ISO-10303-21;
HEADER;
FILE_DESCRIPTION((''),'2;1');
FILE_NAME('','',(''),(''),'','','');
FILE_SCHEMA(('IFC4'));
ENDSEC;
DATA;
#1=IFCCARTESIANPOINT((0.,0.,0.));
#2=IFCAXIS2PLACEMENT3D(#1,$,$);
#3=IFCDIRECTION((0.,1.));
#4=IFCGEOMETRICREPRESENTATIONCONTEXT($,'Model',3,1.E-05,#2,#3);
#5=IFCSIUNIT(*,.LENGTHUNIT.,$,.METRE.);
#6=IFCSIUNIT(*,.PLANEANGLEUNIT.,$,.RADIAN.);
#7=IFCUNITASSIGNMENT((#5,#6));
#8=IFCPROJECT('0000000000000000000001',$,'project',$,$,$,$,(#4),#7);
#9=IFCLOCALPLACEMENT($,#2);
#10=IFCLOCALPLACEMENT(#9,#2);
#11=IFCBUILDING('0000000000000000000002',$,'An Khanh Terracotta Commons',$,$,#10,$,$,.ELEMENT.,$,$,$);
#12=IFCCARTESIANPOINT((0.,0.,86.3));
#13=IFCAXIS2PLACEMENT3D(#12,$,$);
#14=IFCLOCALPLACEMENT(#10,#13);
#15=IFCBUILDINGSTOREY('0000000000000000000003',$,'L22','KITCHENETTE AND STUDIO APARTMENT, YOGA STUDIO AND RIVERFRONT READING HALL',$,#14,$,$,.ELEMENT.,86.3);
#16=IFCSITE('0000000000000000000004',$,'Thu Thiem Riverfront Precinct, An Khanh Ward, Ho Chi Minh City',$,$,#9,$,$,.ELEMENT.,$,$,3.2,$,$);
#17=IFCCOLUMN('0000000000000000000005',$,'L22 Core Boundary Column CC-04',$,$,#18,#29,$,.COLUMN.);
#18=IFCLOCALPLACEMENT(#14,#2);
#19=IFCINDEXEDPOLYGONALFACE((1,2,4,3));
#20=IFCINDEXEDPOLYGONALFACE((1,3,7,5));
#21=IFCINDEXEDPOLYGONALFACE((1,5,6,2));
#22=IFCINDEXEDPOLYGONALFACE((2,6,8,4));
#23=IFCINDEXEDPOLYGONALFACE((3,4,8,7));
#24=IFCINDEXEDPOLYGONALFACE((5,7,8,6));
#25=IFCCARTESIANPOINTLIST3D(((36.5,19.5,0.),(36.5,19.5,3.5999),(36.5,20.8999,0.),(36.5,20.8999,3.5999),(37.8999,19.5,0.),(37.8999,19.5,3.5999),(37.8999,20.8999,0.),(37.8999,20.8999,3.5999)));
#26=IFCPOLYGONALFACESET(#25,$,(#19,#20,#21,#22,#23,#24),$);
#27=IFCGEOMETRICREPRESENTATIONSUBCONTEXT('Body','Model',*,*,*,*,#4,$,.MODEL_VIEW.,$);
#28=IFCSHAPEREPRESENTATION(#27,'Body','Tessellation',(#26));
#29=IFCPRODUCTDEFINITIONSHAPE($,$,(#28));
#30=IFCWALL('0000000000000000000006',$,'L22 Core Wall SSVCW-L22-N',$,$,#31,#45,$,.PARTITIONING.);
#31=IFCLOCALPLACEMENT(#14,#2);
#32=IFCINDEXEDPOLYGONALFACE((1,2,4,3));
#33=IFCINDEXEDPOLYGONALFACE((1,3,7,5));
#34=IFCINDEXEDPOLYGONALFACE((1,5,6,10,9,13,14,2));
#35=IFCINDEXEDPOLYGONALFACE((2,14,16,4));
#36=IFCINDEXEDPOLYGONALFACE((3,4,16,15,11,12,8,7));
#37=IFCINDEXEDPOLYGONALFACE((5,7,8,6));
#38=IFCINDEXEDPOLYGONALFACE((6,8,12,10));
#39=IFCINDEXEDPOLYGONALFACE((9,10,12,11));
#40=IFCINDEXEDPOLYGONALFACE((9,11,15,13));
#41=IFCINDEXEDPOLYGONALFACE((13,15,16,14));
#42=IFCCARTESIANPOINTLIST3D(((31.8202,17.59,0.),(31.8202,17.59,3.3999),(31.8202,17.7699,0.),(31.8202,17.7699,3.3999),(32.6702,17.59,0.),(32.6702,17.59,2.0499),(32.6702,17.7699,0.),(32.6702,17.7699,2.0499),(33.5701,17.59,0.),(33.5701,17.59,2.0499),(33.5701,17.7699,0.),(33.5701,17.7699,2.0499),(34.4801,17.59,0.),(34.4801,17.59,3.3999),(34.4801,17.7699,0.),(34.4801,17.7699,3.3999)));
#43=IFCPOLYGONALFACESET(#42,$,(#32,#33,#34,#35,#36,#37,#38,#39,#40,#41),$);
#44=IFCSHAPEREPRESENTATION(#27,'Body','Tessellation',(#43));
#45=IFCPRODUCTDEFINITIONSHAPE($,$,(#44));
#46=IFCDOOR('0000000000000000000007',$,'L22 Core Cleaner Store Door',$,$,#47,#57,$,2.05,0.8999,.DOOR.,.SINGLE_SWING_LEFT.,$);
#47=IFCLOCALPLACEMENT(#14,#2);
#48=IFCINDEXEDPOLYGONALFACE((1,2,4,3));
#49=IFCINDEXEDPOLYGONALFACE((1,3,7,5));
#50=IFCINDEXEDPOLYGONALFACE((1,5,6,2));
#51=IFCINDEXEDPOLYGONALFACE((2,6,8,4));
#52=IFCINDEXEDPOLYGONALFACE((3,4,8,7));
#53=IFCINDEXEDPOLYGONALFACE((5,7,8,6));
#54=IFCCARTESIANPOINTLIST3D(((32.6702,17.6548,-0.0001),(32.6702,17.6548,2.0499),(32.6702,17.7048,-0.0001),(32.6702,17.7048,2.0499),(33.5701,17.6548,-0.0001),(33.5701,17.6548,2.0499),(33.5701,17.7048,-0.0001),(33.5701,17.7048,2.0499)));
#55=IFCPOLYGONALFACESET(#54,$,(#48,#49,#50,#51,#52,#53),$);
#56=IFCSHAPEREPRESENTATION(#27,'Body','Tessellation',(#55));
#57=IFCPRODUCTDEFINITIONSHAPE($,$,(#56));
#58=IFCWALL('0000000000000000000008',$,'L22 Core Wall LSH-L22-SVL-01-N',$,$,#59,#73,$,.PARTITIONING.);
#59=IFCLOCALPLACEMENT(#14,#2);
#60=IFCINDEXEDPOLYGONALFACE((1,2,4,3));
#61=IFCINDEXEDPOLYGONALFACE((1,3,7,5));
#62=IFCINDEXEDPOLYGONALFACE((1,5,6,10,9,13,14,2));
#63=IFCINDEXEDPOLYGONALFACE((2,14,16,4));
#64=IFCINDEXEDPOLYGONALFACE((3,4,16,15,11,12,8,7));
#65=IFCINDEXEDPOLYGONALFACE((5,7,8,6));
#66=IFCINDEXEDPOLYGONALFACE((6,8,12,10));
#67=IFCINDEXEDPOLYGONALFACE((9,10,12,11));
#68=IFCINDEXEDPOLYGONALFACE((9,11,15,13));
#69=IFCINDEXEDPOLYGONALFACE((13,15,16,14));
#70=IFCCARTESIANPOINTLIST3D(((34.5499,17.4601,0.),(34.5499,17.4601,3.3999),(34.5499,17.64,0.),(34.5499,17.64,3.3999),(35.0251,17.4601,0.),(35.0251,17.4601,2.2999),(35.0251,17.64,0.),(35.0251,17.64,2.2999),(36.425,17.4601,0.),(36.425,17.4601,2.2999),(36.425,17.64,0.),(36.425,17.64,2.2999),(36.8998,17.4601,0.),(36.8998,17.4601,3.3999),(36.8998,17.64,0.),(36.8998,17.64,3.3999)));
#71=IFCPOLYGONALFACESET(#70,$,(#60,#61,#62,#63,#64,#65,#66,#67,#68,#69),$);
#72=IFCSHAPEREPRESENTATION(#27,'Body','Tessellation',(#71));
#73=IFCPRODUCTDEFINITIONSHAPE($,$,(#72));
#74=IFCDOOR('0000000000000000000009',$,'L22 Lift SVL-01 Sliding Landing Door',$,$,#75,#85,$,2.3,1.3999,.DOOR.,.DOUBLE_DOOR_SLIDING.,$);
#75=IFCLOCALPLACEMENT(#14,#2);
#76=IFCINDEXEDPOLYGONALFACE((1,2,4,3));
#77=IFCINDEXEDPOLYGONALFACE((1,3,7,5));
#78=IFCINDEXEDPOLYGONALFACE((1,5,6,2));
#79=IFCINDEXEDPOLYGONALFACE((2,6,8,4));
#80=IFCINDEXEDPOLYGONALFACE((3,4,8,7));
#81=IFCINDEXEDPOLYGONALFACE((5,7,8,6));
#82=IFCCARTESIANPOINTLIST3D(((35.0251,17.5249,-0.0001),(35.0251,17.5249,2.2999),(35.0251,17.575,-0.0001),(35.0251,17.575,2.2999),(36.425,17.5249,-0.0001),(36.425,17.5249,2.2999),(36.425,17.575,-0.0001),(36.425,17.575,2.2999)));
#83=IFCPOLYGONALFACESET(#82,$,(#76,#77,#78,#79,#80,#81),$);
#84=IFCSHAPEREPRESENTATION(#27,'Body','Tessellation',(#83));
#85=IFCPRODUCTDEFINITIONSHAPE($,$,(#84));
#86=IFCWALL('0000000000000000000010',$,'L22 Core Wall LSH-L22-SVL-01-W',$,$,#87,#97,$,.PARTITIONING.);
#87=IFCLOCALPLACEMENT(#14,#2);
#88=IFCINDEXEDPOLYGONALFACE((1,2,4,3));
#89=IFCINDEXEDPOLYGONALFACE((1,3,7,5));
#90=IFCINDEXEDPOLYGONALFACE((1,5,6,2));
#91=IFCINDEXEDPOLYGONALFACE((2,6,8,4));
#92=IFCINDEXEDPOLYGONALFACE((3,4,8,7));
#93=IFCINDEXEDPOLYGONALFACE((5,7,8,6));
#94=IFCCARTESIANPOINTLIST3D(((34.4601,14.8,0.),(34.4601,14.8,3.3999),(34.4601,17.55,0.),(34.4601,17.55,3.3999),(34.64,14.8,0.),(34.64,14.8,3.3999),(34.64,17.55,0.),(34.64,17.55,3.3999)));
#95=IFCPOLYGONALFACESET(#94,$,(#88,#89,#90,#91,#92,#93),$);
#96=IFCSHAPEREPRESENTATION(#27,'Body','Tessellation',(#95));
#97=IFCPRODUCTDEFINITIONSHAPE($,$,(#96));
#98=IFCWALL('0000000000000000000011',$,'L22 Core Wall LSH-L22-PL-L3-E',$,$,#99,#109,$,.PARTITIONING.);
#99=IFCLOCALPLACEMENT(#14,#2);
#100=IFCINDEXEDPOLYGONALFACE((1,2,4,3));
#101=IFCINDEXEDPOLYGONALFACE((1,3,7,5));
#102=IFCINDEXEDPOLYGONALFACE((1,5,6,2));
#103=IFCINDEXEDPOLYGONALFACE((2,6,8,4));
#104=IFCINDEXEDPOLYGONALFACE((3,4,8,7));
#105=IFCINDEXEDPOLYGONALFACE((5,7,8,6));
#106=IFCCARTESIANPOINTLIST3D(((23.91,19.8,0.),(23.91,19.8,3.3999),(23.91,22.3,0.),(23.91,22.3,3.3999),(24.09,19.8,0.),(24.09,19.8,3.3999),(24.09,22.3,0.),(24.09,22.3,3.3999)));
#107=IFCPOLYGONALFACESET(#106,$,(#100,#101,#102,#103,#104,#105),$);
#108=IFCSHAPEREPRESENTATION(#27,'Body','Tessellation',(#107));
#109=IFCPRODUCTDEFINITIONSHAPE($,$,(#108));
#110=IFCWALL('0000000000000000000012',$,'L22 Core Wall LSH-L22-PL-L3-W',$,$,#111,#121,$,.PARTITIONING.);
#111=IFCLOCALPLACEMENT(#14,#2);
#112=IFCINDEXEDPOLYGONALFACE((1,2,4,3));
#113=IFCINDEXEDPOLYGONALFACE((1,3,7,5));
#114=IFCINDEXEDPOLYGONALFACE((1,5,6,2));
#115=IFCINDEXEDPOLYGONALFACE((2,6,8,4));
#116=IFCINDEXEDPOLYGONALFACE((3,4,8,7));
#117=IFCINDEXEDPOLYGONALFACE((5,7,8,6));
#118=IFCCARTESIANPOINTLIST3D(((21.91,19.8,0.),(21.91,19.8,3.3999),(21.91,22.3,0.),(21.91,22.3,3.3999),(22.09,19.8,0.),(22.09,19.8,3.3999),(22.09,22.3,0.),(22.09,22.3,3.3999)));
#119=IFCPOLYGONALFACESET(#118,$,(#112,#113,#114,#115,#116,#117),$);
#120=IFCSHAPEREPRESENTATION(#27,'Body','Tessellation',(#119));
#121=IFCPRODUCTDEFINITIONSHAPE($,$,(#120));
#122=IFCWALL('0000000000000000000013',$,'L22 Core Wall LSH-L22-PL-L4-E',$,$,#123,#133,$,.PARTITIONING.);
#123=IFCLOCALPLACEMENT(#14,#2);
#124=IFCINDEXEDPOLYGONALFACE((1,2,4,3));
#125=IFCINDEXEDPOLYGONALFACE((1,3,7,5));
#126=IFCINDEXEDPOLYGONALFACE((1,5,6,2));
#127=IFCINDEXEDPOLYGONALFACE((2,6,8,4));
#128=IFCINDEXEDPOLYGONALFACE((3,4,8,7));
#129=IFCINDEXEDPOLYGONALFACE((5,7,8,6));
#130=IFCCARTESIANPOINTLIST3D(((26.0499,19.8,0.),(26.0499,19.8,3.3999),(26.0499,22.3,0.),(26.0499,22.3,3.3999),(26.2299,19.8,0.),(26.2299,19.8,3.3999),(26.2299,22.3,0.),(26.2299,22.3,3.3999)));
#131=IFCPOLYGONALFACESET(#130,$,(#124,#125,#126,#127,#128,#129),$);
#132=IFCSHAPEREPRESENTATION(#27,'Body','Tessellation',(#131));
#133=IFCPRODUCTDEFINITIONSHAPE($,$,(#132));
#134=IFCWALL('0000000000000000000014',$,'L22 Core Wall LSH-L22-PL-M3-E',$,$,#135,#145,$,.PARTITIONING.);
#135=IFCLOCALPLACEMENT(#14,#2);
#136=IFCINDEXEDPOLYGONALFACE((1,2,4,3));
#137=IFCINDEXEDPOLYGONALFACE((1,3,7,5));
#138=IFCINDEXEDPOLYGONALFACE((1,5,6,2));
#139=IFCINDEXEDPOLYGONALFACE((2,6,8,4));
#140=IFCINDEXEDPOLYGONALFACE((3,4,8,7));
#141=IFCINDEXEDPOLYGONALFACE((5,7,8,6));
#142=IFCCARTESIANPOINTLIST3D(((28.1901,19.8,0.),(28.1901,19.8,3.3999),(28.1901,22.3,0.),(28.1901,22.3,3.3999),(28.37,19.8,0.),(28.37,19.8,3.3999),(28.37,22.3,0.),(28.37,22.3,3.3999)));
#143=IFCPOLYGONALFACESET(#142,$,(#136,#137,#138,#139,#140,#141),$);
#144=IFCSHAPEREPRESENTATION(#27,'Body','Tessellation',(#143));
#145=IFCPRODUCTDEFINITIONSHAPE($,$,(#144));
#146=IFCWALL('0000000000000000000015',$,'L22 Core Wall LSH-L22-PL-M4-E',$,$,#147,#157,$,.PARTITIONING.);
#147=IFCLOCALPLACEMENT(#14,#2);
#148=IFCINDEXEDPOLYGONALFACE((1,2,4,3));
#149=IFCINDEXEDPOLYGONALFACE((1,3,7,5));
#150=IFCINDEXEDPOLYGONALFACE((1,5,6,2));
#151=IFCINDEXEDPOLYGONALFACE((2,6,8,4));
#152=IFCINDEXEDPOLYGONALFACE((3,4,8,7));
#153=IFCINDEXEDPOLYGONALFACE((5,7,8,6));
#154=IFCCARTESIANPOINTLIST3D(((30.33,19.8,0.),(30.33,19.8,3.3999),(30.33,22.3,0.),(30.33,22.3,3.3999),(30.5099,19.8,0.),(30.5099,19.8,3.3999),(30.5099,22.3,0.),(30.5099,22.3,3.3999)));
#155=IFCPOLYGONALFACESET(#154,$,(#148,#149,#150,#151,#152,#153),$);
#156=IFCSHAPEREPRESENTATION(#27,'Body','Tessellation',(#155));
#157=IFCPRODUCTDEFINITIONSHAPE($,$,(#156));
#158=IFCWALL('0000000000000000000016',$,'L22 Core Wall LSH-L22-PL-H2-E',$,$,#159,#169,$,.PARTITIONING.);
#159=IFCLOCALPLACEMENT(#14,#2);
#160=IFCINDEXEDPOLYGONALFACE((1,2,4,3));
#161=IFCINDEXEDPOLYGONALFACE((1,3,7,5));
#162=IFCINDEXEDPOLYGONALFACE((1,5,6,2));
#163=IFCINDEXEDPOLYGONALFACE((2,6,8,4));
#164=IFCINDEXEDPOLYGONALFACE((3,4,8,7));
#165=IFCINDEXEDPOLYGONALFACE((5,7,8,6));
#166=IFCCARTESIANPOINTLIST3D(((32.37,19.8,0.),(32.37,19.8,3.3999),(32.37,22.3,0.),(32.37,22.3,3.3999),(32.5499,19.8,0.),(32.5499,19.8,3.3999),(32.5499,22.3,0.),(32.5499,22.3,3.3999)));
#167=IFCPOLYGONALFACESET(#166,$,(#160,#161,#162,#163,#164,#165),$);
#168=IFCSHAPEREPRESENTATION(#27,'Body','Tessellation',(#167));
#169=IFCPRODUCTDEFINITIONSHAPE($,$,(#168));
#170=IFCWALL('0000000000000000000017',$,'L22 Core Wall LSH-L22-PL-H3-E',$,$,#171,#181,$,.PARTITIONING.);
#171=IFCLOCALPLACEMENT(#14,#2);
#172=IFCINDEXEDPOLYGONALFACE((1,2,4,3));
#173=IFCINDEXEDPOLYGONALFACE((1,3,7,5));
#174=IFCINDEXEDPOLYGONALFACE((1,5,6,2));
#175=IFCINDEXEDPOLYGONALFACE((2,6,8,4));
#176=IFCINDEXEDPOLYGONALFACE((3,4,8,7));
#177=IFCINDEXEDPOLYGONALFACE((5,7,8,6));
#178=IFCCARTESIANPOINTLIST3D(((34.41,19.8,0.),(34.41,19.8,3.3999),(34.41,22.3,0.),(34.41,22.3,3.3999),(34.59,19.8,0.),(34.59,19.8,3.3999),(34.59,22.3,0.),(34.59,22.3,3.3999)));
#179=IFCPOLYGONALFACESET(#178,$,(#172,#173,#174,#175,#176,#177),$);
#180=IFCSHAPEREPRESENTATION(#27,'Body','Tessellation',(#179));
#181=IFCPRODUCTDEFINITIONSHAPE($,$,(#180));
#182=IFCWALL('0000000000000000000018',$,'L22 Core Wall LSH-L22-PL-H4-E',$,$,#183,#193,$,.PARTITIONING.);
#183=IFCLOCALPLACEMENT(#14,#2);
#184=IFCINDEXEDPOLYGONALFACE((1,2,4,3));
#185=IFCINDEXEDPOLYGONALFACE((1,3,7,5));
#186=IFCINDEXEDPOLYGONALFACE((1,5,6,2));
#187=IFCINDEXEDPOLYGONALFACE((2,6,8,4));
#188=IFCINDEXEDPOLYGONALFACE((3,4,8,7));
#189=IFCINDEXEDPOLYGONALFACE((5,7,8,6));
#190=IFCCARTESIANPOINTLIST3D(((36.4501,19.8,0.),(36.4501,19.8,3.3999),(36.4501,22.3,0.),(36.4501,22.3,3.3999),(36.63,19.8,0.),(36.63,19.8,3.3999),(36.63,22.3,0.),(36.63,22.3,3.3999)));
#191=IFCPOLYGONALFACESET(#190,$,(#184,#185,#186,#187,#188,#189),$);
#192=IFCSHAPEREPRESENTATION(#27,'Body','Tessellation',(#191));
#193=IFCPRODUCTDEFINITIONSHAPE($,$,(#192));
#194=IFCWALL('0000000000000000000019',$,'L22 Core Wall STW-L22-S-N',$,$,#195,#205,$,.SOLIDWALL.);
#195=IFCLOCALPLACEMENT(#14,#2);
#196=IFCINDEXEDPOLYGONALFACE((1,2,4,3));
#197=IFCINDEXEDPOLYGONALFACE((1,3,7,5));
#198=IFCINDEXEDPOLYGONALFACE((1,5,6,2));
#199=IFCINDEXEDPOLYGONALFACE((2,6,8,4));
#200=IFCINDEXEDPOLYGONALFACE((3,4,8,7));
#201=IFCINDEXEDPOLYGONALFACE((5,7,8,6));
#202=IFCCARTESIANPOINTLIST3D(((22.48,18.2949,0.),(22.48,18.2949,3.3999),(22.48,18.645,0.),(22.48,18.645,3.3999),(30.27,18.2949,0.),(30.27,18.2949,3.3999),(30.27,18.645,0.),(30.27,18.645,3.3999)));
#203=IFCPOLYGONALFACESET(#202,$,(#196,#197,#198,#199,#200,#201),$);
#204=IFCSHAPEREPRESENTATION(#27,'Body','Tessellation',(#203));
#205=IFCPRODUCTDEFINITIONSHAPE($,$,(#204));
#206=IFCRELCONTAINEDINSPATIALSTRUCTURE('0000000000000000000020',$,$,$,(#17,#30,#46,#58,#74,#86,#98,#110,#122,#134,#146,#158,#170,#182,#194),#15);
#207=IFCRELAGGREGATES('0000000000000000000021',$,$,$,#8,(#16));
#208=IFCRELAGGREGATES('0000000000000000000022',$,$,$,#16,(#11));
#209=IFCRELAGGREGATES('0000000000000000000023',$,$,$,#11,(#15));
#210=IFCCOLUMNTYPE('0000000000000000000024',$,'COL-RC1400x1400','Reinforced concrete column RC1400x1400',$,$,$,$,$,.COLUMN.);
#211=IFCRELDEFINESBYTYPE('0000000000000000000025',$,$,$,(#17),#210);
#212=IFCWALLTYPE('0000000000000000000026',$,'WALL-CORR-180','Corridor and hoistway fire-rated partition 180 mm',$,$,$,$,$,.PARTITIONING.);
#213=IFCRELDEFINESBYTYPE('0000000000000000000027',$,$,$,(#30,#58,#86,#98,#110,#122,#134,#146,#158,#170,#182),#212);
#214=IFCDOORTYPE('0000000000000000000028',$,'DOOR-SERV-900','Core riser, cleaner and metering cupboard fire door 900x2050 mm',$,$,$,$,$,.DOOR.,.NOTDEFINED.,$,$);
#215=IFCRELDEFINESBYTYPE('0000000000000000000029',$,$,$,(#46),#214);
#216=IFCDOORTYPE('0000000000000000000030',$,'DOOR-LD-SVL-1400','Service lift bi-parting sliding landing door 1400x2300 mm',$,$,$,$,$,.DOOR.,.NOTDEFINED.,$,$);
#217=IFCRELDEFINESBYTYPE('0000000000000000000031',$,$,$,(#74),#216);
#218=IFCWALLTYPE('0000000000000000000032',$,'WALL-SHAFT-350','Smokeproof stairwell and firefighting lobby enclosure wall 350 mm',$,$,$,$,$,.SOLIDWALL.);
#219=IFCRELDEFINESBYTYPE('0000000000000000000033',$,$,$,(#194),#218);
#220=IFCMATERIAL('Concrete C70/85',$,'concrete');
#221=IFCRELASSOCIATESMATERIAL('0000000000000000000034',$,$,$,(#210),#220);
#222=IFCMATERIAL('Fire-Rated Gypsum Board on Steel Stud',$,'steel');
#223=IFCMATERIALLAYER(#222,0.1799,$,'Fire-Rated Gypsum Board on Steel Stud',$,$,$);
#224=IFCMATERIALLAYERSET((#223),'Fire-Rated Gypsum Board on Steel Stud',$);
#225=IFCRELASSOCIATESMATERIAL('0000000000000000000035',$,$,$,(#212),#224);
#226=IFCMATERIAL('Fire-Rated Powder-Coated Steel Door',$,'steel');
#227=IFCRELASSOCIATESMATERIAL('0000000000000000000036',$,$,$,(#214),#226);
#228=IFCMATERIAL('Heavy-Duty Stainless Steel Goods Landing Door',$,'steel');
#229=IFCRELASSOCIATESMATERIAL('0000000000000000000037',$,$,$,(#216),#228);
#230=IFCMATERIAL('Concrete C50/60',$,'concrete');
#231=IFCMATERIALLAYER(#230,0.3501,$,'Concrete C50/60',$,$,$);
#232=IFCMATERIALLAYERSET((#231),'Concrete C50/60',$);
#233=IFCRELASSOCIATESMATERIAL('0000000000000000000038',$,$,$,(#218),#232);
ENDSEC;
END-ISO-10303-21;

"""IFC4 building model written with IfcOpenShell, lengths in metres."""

from ifc_helpers import new_model, si_unit, direction, frame, frame_2d, origin, origin_2d, place, context, subcontext, project, spatial, rectangle, extrude, material, layer, layer_set, material_profile, profile_set, type_object, element, fill, save


model = new_model("IFC4")

# Units and contexts
model_context = context("Model", 3, precision=1e-05, world=origin(), true_north=direction((0.0, 1.0)))
body_context = subcontext(model_context, "Body", "Model", "MODEL_VIEW")
ifc_project = project(units=[si_unit("LENGTHUNIT", "METRE"), si_unit("PLANEANGLEUNIT", "RADIAN")], contexts=[model_context])

# Site, building, storey
site_placement = place(None, origin())
site = spatial("IfcSite", under=ifc_project, at=site_placement, Name="Thu Thiem Riverfront Precinct, An Khanh Ward, Ho Chi Minh City", CompositionType="ELEMENT", RefElevation=3.2)
building_placement = place(site_placement, origin())
building = spatial("IfcBuilding", under=site, at=building_placement, Name="An Khanh Terracotta Commons", CompositionType="ELEMENT")
storey_placement = place(building_placement, frame((0.0, 0.0, 86.3)))
storey = spatial("IfcBuildingStorey", under=building, at=storey_placement, Name="L22", Description="KITCHENETTE AND STUDIO APARTMENT, YOGA STUDIO AND RIVERFRONT READING HALL", CompositionType="ELEMENT", Elevation=86.3)

# Column
ifc_material_1 = material(Name="Concrete C70/85", Category="concrete")
ifc_material_profile = material_profile(ifc_material_1, rectangle(XDim=1.3999, YDim=1.3999, at=origin_2d()), Name="RC1400x1400")
ifc_profile_set = profile_set([ifc_material_profile], Name="Concrete C70/85")
column_type = type_object("IfcColumnType", Name="COL-RC1400x1400", Description="Reinforced concrete column RC1400x1400", PredefinedType="COLUMN", material=ifc_profile_set)
column_placement = place(storey_placement, frame((37.2, 20.2, 0.0), z_axis=(0.0, 0.0, 1.0), x_axis=(1.0, 0.0, 0.0)))
element("IfcColumn", 1, at=column_placement, inside=storey, type_object=column_type, Name="L22 Core Boundary Column CC-04", PredefinedType="COLUMN", context=body_context, shape_type="SweptSolid", body=[
    extrude(rectangle(XDim=1.3999, YDim=1.3999, at=origin_2d()), origin(), (0.0, 0.0, 1.0), 3.5999),
])

# Walls, openings, doors
ifc_material_2 = material(Name="Fire-Rated Gypsum Board on Steel Stud", Category="steel")
ifc_layer_1 = layer(ifc_material_2, 0.1799, Name="Fire-Rated Gypsum Board on Steel Stud")
ifc_layer_set_1 = layer_set([ifc_layer_1], Name="Fire-Rated Gypsum Board on Steel Stud")
wall_type_1 = type_object("IfcWallType", Name="WALL-CORR-180", Description="Corridor and hoistway fire-rated partition 180 mm", PredefinedType="PARTITIONING", material=ifc_layer_set_1)
wall_1_placement = place(storey_placement, frame((31.8201, 17.6799, 0.0), z_axis=(0.0, 0.0, 1.0), x_axis=(1.0, 0.0, 0.0)))
wall_1 = element("IfcWall", 2, at=wall_1_placement, inside=storey, type_object=wall_type_1, Name="L22 Core Wall SSVCW-L22-N", PredefinedType="PARTITIONING", context=body_context, shape_type="SweptSolid", body=[
    extrude(rectangle(XDim=2.6599, YDim=0.1799, at=frame_2d((1.3301, 0.0))), origin(), (0.0, 0.0, 1.0), 3.3999),
])
opening_1_placement = place(wall_1_placement, frame((0.8501, 0.0, 0.0)))
opening_1 = element("IfcOpeningElement", 3, at=opening_1_placement, cuts=wall_1, PredefinedType="OPENING", context=body_context, shape_type="SweptSolid", body=[
    extrude(rectangle(XDim=0.8999, YDim=2.05, at=frame_2d((0.45, 1.0249))), frame((0.0, 0.0999, 0.0), z_axis=(0.0, -1.0, 0.0), x_axis=(1.0, 0.0, 0.0)), (0.0, 0.0, 1.0), 0.2),
])
ifc_material_3 = material(Name="Fire-Rated Powder-Coated Steel Door", Category="steel")
door_type_1 = type_object("IfcDoorType", Name="DOOR-SERV-900", Description="Core riser, cleaner and metering cupboard fire door 900x2050 mm", OperationType="NOTDEFINED", PredefinedType="DOOR", material=ifc_material_3)
door_1_placement = place(opening_1_placement, origin())
door_1 = element("IfcDoor", 4, at=door_1_placement, inside=storey, type_object=door_type_1, Name="L22 Core Cleaner Store Door", OperationType="SINGLE_SWING_LEFT", OverallHeight=2.05, OverallWidth=0.8999, PredefinedType="DOOR", context=body_context, shape_type="SweptSolid", body=[
    extrude(rectangle(XDim=0.8999, YDim=2.05, at=frame_2d((0.45, 1.0249))), frame((0.0, 0.0249, 0.0), z_axis=(0.0, -1.0, 0.0), x_axis=(1.0, 0.0, 0.0)), (0.0, 0.0, 1.0), 0.05),
])
fill(opening_1, door_1)
wall_2_placement = place(storey_placement, frame((34.55, 17.55, 0.0), z_axis=(0.0, 0.0, 1.0), x_axis=(1.0, 0.0, 0.0)))
wall_2 = element("IfcWall", 5, at=wall_2_placement, inside=storey, type_object=wall_type_1, Name="L22 Core Wall LSH-L22-SVL-01-N", PredefinedType="PARTITIONING", context=body_context, shape_type="SweptSolid", body=[
    extrude(rectangle(XDim=2.3499, YDim=0.1799, at=frame_2d((1.1748, 0.0))), origin(), (0.0, 0.0, 1.0), 3.3999),
])
opening_2_placement = place(wall_2_placement, frame((0.4751, 0.0, 0.0)))
opening_2 = element("IfcOpeningElement", 6, at=opening_2_placement, cuts=wall_2, PredefinedType="OPENING", context=body_context, shape_type="SweptSolid", body=[
    extrude(rectangle(XDim=1.3999, YDim=2.3, at=frame_2d((0.7, 1.1499))), frame((0.0, 0.0999, 0.0), z_axis=(0.0, -1.0, 0.0), x_axis=(1.0, 0.0, 0.0)), (0.0, 0.0, 1.0), 0.2),
])
ifc_material_4 = material(Name="Heavy-Duty Stainless Steel Goods Landing Door", Category="steel")
door_type_2 = type_object("IfcDoorType", Name="DOOR-LD-SVL-1400", Description="Service lift bi-parting sliding landing door 1400x2300 mm", OperationType="NOTDEFINED", PredefinedType="DOOR", material=ifc_material_4)
door_2_placement = place(opening_2_placement, origin())
door_2 = element("IfcDoor", 7, at=door_2_placement, inside=storey, type_object=door_type_2, Name="L22 Lift SVL-01 Sliding Landing Door", OperationType="DOUBLE_DOOR_SLIDING", OverallHeight=2.3, OverallWidth=1.3999, PredefinedType="DOOR", context=body_context, shape_type="SweptSolid", body=[
    extrude(rectangle(XDim=1.3999, YDim=2.3, at=frame_2d((0.7, 1.1499))), frame((0.0, 0.0249, 0.0), z_axis=(0.0, -1.0, 0.0), x_axis=(1.0, 0.0, 0.0)), (0.0, 0.0, 1.0), 0.05),
])
fill(opening_2, door_2)

# Walls
wall_3_placement = place(storey_placement, frame((34.55, 17.55, 0.0), z_axis=(0.0, 0.0, 1.0), x_axis=(0.0, -1.0, 0.0)))
element("IfcWall", 8, at=wall_3_placement, inside=storey, type_object=wall_type_1, Name="L22 Core Wall LSH-L22-SVL-01-W", PredefinedType="PARTITIONING", context=body_context, shape_type="SweptSolid", body=[
    extrude(rectangle(XDim=2.75, YDim=0.1799, at=frame_2d((1.375, 0.0))), origin(), (0.0, 0.0, 1.0), 3.3999),
])
for number, where, z_axis, x_axis, name in (
    (9, (24.0, 19.8, 0.0), (0.0, 0.0, 1.0), (0.0, 1.0, 0.0), "L22 Core Wall LSH-L22-PL-L3-E"),
    (10, (22.0, 22.3, 0.0), (0.0, 0.0, 1.0), (0.0, -1.0, 0.0), "L22 Core Wall LSH-L22-PL-L3-W"),
    (11, (26.1399, 19.8, 0.0), (0.0, 0.0, 1.0), (0.0, 1.0, 0.0), "L22 Core Wall LSH-L22-PL-L4-E"),
    (12, (28.28, 19.8, 0.0), (0.0, 0.0, 1.0), (0.0, 1.0, 0.0), "L22 Core Wall LSH-L22-PL-M3-E"),
    (13, (30.4199, 19.8, 0.0), (0.0, 0.0, 1.0), (0.0, 1.0, 0.0), "L22 Core Wall LSH-L22-PL-M4-E"),
    (14, (32.46, 19.8, 0.0), (0.0, 0.0, 1.0), (0.0, 1.0, 0.0), "L22 Core Wall LSH-L22-PL-H2-E"),
    (15, (34.5, 19.8, 0.0), (0.0, 0.0, 1.0), (0.0, 1.0, 0.0), "L22 Core Wall LSH-L22-PL-H3-E"),
    (16, (36.54, 19.8, 0.0), (0.0, 0.0, 1.0), (0.0, 1.0, 0.0), "L22 Core Wall LSH-L22-PL-H4-E"),
):
    element("IfcWall", number, at=place(storey_placement, frame(where, z_axis=z_axis, x_axis=x_axis)), inside=storey, type_object=wall_type_1, Name=name, PredefinedType="PARTITIONING", context=body_context, shape_type="SweptSolid", body=[
        extrude(rectangle(XDim=2.5, YDim=0.1799, at=frame_2d((1.25, 0.0))), origin(), (0.0, 0.0, 1.0), 3.3999),
    ])
ifc_material_5 = material(Name="Concrete C50/60", Category="concrete")
ifc_layer_2 = layer(ifc_material_5, 0.3501, Name="Concrete C50/60")
ifc_layer_set_2 = layer_set([ifc_layer_2], Name="Concrete C50/60")
wall_type_2 = type_object("IfcWallType", Name="WALL-SHAFT-350", Description="Smokeproof stairwell and firefighting lobby enclosure wall 350 mm", PredefinedType="SOLIDWALL", material=ifc_layer_set_2)
wall_4_placement = place(storey_placement, frame((22.48, 18.47, 0.0), z_axis=(0.0, 0.0, 1.0), x_axis=(1.0, 0.0, 0.0)))
element("IfcWall", 17, at=wall_4_placement, inside=storey, type_object=wall_type_2, Name="L22 Core Wall STW-L22-S-N", PredefinedType="SOLIDWALL", context=body_context, shape_type="SweptSolid", body=[
    extrude(rectangle(XDim=7.79, YDim=0.3501, at=frame_2d((3.895, 0.0))), origin(), (0.0, 0.0, 1.0), 3.3999),
])

save(model, "model.ifc")
